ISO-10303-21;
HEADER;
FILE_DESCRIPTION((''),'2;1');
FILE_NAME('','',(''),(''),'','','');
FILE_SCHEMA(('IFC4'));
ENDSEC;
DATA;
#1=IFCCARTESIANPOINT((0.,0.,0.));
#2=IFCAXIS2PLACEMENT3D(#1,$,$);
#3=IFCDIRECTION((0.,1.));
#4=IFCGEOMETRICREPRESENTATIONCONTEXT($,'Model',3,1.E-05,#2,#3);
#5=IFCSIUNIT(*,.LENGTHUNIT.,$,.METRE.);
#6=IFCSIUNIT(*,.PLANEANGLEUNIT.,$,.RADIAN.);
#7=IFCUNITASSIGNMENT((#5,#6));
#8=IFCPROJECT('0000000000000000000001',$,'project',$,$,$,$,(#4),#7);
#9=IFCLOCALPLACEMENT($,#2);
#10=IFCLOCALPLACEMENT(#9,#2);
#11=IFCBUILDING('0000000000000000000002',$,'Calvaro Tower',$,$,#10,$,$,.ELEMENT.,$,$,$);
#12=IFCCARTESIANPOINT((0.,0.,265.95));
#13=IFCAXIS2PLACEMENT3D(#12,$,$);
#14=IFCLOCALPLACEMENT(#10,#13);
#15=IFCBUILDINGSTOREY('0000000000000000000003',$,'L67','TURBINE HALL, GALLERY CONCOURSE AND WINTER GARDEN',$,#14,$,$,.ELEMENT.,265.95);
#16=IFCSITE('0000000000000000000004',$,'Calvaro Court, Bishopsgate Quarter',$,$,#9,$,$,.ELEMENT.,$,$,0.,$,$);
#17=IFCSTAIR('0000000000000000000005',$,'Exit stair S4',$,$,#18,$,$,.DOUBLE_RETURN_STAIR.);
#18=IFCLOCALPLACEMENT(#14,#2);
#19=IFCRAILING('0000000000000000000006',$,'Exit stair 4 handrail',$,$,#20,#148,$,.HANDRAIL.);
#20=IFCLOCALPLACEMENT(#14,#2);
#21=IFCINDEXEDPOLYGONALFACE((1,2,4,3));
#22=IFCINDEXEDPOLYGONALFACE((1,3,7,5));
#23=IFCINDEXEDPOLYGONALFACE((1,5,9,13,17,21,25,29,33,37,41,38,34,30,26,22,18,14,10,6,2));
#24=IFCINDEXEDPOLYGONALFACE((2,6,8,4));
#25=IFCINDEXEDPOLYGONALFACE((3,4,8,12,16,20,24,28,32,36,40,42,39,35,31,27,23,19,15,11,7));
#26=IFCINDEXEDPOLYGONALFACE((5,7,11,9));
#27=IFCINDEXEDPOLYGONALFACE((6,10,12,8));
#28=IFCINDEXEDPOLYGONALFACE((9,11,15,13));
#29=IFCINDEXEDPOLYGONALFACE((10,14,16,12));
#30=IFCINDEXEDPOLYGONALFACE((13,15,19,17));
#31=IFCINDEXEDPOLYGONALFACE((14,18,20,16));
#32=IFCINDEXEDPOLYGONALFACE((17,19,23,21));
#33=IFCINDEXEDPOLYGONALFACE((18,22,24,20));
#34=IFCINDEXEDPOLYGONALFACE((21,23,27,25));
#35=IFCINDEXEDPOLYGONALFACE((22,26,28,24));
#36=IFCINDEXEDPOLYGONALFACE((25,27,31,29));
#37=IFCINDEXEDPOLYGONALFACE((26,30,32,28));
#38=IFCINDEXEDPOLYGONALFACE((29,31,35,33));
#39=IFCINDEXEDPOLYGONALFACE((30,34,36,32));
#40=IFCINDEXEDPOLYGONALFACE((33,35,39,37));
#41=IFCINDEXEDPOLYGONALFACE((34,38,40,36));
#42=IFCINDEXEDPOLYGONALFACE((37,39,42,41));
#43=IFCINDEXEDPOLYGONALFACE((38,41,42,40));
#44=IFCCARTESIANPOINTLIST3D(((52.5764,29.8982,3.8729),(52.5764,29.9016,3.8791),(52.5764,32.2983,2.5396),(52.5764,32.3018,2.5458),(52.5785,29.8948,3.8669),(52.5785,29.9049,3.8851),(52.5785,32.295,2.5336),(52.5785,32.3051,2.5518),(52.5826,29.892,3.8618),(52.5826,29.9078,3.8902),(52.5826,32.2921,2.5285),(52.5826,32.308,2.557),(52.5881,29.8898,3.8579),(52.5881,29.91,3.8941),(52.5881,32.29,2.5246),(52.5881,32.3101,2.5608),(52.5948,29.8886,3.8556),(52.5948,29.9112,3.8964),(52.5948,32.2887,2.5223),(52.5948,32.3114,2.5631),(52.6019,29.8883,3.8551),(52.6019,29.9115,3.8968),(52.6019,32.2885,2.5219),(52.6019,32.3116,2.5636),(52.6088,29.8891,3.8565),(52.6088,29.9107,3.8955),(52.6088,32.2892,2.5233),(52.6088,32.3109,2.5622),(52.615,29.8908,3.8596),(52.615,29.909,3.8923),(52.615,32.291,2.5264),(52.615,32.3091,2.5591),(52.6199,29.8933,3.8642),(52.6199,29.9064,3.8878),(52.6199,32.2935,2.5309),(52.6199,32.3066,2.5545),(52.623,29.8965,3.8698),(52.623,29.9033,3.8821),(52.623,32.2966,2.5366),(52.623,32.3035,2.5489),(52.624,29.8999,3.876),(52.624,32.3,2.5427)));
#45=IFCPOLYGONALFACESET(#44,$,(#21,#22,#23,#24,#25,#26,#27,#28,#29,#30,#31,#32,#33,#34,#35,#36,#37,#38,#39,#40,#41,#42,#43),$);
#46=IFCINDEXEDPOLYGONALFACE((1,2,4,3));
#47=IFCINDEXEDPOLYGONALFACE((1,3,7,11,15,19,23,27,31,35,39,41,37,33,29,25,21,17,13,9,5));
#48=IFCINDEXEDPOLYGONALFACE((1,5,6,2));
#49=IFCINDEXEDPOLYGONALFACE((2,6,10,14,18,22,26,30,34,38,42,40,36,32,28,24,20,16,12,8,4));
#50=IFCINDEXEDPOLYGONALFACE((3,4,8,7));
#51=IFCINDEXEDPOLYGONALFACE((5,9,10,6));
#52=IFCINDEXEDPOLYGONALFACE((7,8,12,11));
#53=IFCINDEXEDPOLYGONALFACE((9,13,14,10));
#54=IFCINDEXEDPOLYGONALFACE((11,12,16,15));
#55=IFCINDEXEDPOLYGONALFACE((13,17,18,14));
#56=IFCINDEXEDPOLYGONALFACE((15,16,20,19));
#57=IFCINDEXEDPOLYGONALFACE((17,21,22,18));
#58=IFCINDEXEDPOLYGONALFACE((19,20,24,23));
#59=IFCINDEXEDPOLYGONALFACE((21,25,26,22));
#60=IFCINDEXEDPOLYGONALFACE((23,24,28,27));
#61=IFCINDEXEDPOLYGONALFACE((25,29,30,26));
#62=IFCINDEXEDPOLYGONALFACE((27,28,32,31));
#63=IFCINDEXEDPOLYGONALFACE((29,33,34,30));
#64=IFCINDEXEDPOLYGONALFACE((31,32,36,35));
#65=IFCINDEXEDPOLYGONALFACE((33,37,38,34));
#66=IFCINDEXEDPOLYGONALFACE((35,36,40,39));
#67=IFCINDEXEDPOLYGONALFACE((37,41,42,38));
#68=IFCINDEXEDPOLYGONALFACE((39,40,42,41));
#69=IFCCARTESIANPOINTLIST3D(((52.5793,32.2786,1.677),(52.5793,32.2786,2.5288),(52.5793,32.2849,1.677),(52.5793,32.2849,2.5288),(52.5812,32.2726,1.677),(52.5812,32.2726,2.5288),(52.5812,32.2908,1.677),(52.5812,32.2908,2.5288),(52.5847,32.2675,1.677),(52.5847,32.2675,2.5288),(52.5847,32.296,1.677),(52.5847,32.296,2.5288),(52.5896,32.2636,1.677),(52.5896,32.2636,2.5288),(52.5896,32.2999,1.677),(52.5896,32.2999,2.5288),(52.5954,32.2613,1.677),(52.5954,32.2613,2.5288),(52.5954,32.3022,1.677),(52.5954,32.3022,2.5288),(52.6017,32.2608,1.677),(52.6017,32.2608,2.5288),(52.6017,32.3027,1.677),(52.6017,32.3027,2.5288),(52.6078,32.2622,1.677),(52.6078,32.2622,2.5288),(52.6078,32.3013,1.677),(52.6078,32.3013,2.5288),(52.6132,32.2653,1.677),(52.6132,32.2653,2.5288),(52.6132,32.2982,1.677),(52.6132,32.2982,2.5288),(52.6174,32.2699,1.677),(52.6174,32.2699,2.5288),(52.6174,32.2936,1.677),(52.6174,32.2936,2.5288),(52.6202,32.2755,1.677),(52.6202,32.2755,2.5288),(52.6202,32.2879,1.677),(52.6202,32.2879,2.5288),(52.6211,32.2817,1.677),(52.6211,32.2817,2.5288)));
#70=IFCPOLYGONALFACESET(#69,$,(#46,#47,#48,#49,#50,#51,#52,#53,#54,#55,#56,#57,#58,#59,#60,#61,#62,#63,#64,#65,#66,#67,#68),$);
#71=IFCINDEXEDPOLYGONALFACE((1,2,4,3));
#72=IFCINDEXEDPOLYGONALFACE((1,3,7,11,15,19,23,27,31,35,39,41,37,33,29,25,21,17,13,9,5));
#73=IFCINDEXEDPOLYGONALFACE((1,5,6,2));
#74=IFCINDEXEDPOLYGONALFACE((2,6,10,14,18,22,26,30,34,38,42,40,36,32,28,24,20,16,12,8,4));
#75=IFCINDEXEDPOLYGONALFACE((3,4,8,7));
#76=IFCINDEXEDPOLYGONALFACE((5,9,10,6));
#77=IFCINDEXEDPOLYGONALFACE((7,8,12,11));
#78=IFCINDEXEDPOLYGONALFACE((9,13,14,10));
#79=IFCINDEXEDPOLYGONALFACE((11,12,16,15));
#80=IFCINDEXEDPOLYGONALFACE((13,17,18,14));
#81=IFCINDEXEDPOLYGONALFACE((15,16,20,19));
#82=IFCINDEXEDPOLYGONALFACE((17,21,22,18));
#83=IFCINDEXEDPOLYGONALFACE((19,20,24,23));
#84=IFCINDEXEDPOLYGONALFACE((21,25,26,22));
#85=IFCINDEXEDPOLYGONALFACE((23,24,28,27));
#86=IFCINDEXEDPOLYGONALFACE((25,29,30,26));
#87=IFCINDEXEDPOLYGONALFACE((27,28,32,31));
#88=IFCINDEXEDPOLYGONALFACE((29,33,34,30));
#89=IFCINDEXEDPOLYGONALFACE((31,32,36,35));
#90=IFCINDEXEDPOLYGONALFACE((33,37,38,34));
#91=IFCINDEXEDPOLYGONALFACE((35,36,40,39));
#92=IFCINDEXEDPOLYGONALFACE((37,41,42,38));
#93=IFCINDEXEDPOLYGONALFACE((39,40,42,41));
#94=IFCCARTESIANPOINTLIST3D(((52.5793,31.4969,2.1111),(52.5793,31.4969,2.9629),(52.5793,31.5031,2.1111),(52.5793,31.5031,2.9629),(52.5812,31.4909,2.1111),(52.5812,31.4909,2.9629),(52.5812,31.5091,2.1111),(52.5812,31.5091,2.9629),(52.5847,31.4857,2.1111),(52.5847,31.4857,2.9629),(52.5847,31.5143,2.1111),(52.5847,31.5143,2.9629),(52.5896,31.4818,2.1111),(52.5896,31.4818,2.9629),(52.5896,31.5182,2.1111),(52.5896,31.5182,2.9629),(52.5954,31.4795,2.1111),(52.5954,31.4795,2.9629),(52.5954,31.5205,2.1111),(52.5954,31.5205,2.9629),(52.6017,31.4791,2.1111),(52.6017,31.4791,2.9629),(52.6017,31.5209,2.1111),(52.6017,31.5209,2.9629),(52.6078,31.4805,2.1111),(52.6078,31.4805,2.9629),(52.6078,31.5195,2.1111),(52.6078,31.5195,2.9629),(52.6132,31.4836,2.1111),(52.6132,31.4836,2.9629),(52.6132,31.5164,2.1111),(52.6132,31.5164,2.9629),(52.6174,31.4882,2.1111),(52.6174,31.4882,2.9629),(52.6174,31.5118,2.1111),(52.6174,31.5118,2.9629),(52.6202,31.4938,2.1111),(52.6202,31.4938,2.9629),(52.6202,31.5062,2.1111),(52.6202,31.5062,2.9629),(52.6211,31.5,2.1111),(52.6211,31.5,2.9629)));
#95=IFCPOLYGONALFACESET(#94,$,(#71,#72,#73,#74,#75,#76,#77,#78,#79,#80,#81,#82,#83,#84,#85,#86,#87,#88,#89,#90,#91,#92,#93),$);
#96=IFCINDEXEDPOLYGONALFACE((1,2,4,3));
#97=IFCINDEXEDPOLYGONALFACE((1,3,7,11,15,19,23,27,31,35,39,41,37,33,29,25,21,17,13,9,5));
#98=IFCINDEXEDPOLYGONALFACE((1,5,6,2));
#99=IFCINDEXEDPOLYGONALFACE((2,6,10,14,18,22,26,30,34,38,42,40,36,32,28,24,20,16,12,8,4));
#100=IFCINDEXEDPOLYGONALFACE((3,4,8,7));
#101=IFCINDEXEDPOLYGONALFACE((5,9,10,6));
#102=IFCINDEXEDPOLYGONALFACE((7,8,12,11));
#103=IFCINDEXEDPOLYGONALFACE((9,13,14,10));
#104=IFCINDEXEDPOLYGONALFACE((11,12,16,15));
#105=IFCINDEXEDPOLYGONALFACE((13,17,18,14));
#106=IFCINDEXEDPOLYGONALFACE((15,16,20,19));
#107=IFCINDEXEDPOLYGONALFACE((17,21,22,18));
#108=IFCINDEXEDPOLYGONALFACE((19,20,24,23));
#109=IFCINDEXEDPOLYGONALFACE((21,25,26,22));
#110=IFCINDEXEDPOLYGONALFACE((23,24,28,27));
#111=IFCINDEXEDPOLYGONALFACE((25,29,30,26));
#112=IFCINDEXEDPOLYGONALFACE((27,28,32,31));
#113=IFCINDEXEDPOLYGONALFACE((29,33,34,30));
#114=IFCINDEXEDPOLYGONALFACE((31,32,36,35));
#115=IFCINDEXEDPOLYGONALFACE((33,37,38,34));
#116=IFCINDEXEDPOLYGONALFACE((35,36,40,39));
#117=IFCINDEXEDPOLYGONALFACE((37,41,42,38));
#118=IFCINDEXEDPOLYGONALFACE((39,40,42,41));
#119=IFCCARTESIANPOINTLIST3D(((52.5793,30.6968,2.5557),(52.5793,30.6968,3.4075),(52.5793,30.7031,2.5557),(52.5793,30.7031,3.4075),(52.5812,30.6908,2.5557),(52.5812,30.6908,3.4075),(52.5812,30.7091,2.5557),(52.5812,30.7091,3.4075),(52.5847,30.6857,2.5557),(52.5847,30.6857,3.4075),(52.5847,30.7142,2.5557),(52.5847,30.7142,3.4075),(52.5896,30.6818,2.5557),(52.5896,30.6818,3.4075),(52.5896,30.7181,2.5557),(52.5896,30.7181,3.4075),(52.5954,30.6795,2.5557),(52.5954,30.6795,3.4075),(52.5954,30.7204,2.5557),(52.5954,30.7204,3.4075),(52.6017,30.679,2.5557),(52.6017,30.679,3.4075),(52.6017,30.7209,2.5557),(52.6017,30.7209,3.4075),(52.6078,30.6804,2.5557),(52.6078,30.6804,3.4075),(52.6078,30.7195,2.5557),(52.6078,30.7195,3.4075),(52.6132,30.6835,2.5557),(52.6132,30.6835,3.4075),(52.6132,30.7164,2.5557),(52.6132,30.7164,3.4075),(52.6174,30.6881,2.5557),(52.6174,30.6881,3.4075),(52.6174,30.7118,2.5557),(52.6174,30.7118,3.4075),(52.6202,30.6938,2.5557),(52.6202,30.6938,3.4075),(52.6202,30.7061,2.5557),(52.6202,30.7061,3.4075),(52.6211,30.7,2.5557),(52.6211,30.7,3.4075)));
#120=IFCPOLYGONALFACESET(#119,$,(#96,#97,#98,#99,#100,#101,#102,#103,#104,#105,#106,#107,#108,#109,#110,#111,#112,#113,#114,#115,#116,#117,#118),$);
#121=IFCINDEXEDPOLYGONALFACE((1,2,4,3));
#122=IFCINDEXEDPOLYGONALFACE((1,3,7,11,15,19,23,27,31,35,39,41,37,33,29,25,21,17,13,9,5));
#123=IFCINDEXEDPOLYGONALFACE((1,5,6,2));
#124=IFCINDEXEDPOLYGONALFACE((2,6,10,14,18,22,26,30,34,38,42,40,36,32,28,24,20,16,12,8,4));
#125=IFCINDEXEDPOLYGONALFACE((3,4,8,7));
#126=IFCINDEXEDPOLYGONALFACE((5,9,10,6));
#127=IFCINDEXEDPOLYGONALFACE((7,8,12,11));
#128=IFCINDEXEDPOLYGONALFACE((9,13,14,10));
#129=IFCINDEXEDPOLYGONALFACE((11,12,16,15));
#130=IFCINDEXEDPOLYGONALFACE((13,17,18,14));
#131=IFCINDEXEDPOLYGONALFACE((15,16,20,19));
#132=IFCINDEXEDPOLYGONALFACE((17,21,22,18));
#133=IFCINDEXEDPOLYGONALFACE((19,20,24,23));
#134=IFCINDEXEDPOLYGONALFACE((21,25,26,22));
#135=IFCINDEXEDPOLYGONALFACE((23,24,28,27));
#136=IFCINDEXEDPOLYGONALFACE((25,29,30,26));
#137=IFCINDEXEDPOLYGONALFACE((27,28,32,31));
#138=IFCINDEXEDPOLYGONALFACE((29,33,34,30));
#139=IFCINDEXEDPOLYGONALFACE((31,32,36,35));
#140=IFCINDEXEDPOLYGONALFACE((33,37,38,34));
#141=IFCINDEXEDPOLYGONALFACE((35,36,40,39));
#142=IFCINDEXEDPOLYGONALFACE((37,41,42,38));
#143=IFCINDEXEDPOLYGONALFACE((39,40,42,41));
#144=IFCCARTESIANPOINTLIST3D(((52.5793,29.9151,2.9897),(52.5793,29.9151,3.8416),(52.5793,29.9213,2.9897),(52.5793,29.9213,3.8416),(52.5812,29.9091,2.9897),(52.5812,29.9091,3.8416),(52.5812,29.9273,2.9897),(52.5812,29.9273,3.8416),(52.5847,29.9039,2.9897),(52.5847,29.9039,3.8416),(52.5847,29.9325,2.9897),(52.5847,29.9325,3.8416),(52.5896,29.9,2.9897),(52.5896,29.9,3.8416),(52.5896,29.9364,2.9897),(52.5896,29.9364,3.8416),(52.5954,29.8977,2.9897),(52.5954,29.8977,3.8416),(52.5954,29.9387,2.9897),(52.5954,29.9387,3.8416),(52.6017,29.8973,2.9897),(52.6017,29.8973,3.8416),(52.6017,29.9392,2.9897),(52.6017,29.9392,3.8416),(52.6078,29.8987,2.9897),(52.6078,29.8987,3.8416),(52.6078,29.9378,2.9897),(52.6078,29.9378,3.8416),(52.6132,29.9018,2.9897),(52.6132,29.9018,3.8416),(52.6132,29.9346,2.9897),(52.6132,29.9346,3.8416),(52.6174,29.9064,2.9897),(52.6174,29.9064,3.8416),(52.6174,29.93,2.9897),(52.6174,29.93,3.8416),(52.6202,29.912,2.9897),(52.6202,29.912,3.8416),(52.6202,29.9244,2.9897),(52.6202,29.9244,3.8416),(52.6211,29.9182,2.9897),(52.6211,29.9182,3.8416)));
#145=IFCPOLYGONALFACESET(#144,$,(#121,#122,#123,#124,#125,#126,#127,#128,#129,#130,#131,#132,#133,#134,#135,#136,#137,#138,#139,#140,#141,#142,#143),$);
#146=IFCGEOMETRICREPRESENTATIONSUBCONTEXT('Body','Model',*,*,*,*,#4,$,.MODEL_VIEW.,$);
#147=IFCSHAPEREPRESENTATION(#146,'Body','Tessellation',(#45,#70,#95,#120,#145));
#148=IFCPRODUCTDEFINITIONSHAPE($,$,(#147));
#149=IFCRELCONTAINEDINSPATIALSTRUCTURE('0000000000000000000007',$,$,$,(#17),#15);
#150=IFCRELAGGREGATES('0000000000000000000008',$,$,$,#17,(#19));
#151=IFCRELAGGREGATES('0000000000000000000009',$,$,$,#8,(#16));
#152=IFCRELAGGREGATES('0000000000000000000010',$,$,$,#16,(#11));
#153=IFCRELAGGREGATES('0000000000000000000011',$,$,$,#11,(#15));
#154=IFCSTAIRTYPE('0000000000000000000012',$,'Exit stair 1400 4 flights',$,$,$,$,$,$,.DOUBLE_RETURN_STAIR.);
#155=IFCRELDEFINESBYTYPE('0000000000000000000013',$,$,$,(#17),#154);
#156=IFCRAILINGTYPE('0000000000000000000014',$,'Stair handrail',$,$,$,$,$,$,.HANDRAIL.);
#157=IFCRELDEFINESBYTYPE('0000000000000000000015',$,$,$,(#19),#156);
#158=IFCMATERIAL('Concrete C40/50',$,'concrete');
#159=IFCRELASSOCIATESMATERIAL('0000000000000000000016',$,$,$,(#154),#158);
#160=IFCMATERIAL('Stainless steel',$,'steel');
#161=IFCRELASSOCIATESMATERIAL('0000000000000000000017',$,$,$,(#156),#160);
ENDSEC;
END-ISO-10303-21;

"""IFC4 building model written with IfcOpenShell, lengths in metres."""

from ifc_helpers import new_model, si_unit, direction, frame, origin, origin_2d, place, context, subcontext, project, spatial, circle, extrude, material, type_object, element, aggregate, save


model = new_model("IFC4")

# Units and contexts
model_context = context("Model", 3, precision=1e-05, world=origin(), true_north=direction((0.0, 1.0)))
body_context = subcontext(model_context, "Body", "Model", "MODEL_VIEW")
ifc_project = project(units=[si_unit("LENGTHUNIT", "METRE"), si_unit("PLANEANGLEUNIT", "RADIAN")], contexts=[model_context])

# Site, building, storey
site_placement = place(None, origin())
site = spatial("IfcSite", under=ifc_project, at=site_placement, Name="Calvaro Court, Bishopsgate Quarter", CompositionType="ELEMENT", RefElevation=0.0)
building_placement = place(site_placement, origin())
building = spatial("IfcBuilding", under=site, at=building_placement, Name="Calvaro Tower", CompositionType="ELEMENT")
storey_placement = place(building_placement, frame((0.0, 0.0, 265.95)))
storey = spatial("IfcBuildingStorey", under=building, at=storey_placement, Name="L67", Description="TURBINE HALL, GALLERY CONCOURSE AND WINTER GARDEN", CompositionType="ELEMENT", Elevation=265.95)

# Stair
ifc_material_1 = material(Name="Concrete C40/50", Category="concrete")
stair_type = type_object("IfcStairType", Name="Exit stair 1400 4 flights", PredefinedType="DOUBLE_RETURN_STAIR", material=ifc_material_1)
stair_1_placement = place(storey_placement, origin())
stair_1 = element("IfcStair", 1, at=stair_1_placement, inside=storey, type_object=stair_type, Name="Exit stair S4", PredefinedType="DOUBLE_RETURN_STAIR")

# Railing
ifc_material_2 = material(Name="Stainless steel", Category="steel")
railing_type_1 = type_object("IfcRailingType", Name="Stair handrail", PredefinedType="HANDRAIL", material=ifc_material_2)
railing_1_placement = place(storey_placement, frame((52.6001, 32.3, 1.6667)))
railing_1 = element("IfcRailing", 2, at=railing_1_placement, type_object=railing_type_1, Name="Exit stair 4 handrail", PredefinedType="HANDRAIL", context=body_context, shape_type="SweptSolid", body=[
    extrude(circle(Radius=0.0239, at=origin_2d()), frame((0.0, 0.0, 0.876), z_axis=(0.0, -0.874182, 0.485598), x_axis=(1.0, 0.0, 0.0)), (0.0, 0.0, 1.0), 2.7456),
    extrude(circle(Radius=0.021, at=origin_2d()), frame((0.0, -0.0183, 0.0103)), (0.0, 0.0, 1.0), 0.8518),
    extrude(circle(Radius=0.021, at=origin_2d()), frame((0.0, -0.8, 0.4443)), (0.0, 0.0, 1.0), 0.8518),
    extrude(circle(Radius=0.021, at=origin_2d()), frame((0.0, -1.6001, 0.8889)), (0.0, 0.0, 1.0), 0.8518),
    extrude(circle(Radius=0.021, at=origin_2d()), frame((0.0, -2.3818, 1.323)), (0.0, 0.0, 1.0), 0.8518),
])
aggregate(stair_1, [railing_1])

save(model, "model.ifc")
